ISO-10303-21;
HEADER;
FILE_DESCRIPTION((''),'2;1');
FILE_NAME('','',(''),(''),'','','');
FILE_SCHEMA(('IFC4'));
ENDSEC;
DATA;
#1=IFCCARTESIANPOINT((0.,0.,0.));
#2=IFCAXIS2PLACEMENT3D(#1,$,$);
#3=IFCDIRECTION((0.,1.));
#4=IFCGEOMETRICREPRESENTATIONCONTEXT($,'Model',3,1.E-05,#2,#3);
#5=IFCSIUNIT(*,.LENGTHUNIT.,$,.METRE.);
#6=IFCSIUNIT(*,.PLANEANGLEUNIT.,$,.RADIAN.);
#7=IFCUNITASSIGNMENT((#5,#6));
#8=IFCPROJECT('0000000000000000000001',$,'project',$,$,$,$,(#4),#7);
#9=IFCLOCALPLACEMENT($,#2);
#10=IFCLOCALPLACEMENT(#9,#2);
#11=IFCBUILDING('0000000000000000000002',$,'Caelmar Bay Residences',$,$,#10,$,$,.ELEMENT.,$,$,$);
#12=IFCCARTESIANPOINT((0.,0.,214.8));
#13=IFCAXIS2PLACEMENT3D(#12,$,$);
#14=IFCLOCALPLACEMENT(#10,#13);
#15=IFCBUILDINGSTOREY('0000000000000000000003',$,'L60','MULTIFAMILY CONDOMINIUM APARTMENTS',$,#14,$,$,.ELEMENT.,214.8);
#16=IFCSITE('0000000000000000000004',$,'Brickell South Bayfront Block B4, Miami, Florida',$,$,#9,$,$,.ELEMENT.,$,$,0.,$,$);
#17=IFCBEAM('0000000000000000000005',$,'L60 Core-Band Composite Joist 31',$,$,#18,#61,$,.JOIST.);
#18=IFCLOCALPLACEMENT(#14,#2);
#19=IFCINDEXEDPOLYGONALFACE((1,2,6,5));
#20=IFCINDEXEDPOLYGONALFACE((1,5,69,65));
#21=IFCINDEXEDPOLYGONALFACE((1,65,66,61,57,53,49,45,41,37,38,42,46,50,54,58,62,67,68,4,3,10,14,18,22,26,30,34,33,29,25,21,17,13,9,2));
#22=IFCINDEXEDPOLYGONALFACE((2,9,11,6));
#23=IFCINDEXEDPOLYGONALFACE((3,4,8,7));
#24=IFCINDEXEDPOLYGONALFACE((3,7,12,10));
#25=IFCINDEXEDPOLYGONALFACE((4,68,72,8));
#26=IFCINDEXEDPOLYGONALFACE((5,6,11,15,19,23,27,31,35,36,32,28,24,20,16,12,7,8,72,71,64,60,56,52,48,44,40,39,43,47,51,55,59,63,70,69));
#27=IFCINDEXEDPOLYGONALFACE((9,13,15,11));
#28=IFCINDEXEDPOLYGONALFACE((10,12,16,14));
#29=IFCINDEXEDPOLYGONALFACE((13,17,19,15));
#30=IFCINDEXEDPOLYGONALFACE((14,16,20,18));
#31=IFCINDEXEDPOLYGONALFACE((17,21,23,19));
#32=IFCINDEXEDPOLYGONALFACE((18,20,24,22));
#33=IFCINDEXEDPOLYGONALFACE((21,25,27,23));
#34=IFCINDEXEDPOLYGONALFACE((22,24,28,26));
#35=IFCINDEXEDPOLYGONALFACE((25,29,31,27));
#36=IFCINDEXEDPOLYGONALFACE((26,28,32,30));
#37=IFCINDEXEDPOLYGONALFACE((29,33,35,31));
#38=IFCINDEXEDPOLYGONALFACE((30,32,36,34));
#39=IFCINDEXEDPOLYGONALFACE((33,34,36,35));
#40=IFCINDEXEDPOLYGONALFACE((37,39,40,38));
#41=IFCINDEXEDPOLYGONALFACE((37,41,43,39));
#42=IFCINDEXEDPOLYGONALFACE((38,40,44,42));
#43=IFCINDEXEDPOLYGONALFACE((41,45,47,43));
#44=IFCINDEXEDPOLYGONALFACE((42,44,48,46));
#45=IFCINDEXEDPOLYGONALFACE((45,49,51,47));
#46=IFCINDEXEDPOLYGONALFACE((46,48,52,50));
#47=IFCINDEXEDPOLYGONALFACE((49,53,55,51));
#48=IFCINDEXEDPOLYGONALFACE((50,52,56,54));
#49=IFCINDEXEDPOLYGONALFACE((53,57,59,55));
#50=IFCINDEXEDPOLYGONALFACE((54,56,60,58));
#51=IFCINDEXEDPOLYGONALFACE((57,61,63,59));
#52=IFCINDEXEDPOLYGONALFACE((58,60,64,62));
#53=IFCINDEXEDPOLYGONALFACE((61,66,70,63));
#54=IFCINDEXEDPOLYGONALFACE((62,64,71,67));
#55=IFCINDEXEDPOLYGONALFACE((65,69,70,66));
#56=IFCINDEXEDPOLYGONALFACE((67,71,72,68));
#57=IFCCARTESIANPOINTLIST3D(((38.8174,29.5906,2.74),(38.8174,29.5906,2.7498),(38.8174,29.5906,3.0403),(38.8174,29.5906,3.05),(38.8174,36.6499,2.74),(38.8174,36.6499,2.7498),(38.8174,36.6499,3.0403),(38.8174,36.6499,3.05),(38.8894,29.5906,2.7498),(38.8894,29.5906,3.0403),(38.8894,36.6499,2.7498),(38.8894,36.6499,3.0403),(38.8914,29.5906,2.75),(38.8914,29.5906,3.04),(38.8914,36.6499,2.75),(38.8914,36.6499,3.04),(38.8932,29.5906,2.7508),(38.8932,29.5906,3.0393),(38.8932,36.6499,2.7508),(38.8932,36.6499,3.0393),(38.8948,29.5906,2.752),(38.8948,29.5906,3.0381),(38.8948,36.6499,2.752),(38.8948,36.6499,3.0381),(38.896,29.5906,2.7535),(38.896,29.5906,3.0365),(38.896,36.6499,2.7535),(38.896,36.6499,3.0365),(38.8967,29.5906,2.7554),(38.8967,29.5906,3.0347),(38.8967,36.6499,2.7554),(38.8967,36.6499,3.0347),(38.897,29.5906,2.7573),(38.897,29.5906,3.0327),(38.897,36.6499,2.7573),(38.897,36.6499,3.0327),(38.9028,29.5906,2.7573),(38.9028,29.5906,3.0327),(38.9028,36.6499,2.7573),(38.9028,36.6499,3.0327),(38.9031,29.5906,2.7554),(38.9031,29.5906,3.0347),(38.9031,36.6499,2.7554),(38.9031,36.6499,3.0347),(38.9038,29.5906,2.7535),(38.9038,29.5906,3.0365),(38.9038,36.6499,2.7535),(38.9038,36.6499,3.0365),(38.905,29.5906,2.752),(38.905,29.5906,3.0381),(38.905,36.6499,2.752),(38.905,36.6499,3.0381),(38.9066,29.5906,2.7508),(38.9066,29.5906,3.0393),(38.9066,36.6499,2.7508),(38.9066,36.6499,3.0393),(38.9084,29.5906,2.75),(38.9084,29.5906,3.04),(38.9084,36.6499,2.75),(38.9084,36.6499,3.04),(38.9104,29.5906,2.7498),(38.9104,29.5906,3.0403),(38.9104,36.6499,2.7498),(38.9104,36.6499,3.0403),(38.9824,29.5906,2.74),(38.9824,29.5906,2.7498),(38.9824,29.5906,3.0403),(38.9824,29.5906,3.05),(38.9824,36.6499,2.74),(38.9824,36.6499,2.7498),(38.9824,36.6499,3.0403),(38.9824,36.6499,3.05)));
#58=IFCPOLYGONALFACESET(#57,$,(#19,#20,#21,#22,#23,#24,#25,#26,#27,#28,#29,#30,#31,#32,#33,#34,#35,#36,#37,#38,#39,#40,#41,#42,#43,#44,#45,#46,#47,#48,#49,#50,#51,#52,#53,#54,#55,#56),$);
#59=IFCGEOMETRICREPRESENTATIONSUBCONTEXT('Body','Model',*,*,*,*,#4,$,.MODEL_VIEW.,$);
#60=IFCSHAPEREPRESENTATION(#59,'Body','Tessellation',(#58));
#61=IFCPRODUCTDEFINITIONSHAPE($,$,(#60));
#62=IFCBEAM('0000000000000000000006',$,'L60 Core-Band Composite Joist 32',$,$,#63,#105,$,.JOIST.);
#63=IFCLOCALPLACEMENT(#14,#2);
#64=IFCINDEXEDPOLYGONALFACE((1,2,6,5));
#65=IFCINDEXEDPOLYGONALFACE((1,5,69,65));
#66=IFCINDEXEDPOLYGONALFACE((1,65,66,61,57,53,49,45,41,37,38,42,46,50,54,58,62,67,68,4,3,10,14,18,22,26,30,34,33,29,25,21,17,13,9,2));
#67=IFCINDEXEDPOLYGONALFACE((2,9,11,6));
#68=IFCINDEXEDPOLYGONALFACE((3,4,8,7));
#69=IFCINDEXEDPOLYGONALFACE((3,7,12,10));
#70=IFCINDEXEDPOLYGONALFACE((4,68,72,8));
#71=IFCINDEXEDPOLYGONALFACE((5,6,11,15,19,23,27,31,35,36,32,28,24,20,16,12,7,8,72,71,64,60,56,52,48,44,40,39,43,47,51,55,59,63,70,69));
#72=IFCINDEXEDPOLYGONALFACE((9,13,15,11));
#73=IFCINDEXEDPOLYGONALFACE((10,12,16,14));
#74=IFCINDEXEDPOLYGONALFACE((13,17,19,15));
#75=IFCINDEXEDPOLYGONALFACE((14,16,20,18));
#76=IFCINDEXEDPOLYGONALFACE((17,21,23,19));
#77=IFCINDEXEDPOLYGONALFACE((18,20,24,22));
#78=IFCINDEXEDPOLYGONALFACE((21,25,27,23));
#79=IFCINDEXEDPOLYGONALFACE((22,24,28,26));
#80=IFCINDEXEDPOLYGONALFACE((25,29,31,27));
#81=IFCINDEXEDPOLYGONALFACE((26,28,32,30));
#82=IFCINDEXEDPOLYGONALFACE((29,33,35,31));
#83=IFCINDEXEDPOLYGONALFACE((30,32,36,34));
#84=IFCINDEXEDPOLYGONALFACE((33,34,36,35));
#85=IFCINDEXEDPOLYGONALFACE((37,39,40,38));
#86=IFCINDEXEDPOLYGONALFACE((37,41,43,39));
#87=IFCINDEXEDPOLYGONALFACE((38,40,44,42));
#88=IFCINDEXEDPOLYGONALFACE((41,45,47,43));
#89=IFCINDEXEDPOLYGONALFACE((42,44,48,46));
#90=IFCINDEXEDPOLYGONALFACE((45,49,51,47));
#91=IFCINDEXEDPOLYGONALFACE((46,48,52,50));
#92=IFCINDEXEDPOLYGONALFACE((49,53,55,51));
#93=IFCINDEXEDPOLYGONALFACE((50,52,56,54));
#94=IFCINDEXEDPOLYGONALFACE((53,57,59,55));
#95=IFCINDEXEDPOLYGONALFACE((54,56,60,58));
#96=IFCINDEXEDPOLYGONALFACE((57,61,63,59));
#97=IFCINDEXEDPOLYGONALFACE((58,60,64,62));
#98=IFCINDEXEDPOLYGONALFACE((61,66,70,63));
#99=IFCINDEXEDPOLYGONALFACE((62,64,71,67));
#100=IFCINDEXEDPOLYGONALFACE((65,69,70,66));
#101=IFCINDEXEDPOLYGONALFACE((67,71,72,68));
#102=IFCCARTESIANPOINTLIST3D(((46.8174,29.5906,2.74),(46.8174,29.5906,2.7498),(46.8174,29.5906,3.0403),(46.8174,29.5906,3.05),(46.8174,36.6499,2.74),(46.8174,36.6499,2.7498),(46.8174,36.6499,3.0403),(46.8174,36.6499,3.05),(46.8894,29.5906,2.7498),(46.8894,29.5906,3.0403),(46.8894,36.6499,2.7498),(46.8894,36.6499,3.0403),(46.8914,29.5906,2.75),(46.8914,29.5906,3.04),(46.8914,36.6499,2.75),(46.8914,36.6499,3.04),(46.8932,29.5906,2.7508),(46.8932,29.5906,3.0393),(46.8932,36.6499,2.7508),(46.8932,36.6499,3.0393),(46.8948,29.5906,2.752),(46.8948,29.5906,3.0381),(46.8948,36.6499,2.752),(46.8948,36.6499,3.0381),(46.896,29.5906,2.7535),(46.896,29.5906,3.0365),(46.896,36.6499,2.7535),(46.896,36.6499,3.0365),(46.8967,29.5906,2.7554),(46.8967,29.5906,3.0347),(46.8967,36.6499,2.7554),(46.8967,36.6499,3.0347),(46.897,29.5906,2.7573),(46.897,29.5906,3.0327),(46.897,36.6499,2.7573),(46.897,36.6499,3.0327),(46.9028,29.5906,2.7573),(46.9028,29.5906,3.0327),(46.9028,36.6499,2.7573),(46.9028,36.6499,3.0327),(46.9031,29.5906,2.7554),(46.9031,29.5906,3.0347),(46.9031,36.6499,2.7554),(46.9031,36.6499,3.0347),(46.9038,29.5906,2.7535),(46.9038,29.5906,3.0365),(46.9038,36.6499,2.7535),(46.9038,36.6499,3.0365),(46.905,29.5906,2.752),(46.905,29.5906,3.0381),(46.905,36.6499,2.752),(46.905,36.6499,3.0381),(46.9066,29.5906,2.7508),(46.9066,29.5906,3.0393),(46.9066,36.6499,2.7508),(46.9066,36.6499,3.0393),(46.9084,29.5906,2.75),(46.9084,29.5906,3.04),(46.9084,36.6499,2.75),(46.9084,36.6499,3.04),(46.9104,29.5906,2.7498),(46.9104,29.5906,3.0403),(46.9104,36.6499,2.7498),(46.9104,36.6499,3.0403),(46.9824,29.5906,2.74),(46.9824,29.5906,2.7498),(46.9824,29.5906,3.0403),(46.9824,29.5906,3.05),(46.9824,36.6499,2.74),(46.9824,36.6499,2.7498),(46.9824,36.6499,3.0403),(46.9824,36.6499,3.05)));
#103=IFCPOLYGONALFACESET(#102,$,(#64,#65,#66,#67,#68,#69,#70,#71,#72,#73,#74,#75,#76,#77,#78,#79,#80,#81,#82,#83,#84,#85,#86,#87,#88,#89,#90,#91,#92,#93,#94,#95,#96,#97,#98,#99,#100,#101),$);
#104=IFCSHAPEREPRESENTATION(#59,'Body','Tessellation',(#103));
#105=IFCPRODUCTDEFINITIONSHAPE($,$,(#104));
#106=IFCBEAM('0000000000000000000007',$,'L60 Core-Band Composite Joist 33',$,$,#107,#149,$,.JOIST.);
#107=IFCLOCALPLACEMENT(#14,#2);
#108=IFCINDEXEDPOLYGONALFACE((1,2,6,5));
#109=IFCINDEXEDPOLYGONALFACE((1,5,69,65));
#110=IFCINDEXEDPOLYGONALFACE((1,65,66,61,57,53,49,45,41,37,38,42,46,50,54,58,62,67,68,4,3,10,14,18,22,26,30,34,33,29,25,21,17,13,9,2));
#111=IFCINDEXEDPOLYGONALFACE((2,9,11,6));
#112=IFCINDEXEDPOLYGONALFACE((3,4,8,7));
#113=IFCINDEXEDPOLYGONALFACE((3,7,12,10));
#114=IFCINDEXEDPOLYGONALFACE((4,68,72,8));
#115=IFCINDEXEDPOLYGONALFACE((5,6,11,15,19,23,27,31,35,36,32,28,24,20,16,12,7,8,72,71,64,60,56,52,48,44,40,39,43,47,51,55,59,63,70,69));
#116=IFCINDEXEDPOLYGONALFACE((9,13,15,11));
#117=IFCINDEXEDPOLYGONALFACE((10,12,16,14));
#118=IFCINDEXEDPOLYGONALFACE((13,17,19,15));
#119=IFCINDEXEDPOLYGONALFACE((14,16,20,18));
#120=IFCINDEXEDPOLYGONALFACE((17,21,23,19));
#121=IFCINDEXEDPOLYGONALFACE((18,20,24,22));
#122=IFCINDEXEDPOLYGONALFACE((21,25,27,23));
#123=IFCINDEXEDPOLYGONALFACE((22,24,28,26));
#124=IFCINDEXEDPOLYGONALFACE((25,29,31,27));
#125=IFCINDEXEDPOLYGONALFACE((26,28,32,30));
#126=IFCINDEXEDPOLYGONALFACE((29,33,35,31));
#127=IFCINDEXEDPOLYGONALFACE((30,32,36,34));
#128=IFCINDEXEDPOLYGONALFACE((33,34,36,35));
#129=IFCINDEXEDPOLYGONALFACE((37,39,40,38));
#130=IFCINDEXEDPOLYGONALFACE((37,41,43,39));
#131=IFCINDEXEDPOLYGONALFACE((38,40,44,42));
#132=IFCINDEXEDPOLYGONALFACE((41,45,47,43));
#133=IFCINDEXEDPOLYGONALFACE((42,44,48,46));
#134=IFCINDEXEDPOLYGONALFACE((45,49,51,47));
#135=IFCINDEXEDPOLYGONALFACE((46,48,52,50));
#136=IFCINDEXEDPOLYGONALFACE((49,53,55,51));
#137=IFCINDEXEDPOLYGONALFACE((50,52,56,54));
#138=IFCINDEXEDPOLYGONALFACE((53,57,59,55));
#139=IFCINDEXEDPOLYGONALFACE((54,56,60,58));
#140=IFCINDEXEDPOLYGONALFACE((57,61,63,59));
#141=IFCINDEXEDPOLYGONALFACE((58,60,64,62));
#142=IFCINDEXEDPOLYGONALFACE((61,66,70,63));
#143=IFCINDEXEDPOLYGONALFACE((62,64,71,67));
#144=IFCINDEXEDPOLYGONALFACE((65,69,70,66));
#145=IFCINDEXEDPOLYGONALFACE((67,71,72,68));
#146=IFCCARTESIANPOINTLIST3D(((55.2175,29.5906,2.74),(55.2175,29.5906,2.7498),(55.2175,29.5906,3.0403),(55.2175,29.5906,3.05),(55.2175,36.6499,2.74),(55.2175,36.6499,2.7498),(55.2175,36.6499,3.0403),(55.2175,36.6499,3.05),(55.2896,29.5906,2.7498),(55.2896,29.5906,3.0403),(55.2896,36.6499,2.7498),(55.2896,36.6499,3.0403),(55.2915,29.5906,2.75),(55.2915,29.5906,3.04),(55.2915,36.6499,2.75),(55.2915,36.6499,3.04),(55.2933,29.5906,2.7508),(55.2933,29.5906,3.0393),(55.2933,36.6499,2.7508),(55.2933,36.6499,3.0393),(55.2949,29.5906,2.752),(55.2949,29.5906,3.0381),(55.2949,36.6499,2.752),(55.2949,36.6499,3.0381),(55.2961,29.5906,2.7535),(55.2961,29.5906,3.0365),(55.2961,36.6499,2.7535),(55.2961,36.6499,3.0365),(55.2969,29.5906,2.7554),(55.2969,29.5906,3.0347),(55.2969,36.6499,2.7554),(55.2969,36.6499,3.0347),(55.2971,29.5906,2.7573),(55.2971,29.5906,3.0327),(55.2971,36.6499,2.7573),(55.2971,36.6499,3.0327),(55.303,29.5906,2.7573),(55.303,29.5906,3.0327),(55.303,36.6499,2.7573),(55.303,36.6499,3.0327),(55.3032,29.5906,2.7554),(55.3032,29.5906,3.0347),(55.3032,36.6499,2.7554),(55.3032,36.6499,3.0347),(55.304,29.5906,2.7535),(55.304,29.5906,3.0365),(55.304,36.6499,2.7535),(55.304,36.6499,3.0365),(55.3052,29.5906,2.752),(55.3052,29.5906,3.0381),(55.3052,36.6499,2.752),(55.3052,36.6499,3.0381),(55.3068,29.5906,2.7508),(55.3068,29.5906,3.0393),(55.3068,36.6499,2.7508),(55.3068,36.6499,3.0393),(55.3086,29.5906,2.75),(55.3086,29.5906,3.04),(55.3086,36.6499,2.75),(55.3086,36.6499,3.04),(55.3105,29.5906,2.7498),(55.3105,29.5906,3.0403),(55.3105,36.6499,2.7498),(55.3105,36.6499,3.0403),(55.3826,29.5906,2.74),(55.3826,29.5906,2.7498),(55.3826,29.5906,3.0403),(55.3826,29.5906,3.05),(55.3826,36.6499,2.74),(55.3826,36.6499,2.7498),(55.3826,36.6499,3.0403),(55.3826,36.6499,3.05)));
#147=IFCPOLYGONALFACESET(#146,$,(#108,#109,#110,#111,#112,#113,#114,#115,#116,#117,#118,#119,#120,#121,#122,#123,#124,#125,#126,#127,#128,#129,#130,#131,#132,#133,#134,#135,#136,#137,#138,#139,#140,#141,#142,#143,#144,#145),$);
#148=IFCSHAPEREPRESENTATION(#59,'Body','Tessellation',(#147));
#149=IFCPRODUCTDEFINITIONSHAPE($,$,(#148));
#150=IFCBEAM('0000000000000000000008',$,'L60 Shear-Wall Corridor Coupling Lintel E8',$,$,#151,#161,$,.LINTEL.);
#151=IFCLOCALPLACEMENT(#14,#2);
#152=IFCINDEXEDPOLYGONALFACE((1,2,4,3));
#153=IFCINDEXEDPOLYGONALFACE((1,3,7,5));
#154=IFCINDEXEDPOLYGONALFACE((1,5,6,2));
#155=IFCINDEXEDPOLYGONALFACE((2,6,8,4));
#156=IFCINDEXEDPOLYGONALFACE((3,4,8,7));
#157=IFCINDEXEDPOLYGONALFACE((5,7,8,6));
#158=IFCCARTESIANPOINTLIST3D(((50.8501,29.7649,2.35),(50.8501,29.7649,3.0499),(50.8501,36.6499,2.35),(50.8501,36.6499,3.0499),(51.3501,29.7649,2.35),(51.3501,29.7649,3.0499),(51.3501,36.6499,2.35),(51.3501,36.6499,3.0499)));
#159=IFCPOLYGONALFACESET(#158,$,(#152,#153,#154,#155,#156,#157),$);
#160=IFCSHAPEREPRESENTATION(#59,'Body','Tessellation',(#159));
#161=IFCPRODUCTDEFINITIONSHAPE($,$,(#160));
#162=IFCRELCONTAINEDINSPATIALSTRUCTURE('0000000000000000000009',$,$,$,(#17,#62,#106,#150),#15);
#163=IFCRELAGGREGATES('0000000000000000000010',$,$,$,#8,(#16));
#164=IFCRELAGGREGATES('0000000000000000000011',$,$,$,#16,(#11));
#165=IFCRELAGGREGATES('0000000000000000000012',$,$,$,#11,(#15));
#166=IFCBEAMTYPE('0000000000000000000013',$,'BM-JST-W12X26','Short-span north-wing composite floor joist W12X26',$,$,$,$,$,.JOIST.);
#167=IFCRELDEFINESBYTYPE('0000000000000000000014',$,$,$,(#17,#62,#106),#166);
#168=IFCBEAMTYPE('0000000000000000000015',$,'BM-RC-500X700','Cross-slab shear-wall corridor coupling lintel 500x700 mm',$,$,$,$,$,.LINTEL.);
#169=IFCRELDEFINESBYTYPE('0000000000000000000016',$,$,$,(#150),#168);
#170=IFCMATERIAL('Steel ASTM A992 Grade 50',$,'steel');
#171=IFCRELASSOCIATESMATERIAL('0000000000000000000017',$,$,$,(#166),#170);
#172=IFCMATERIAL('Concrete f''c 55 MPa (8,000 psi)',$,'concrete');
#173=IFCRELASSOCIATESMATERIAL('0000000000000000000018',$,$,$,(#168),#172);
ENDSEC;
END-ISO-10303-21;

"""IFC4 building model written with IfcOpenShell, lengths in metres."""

from ifc_helpers import new_model, si_unit, direction, frame, origin, origin_2d, place, context, subcontext, project, spatial, rectangle, i_section, extrude, material, material_profile, profile_set, type_object, element, save


model = new_model("IFC4")

# Units and contexts
model_context = context("Model", 3, precision=1e-05, world=origin(), true_north=direction((0.0, 1.0)))
body_context = subcontext(model_context, "Body", "Model", "MODEL_VIEW")
ifc_project = project(units=[si_unit("LENGTHUNIT", "METRE"), si_unit("PLANEANGLEUNIT", "RADIAN")], contexts=[model_context])

# Site, building, storey
site_placement = place(None, origin())
site = spatial("IfcSite", under=ifc_project, at=site_placement, Name="Brickell South Bayfront Block B4, Miami, Florida", CompositionType="ELEMENT", RefElevation=0.0)
building_placement = place(site_placement, origin())
building = spatial("IfcBuilding", under=site, at=building_placement, Name="Caelmar Bay Residences", CompositionType="ELEMENT")
storey_placement = place(building_placement, frame((0.0, 0.0, 214.8)))
storey = spatial("IfcBuildingStorey", under=building, at=storey_placement, Name="L60", Description="MULTIFAMILY CONDOMINIUM APARTMENTS", CompositionType="ELEMENT", Elevation=214.8)

# Shared definitions
ifc_material_1 = material(Name="Concrete f'c 55 MPa (8,000 psi)", Category="concrete")

# Beams
ifc_material_2 = material(Name="Steel ASTM A992 Grade 50", Category="steel")
ifc_material_profile_1 = material_profile(ifc_material_2, i_section(OverallWidth=0.165, OverallDepth=0.3101, WebThickness=0.0059, FlangeThickness=0.0098, FilletRadius=0.0076, at=origin_2d()), Name="W12X26")
ifc_profile_set_1 = profile_set([ifc_material_profile_1], Name="Steel ASTM A992 Grade 50")
beam_type_1 = type_object("IfcBeamType", Name="BM-JST-W12X26", Description="Short-span north-wing composite floor joist W12X26", PredefinedType="JOIST", material=ifc_profile_set_1)
for number, where, z_axis, x_axis, name in (
    (1, (38.8999, 29.5906, 2.895), (0.0, 1.0, 0.0), (-1.0, 0.0, 0.0), "L60 Core-Band Composite Joist 31"),
    (2, (46.8999, 29.5906, 2.895), (0.0, 1.0, 0.0), (-1.0, 0.0, 0.0), "L60 Core-Band Composite Joist 32"),
    (3, (55.3, 29.5906, 2.895), (0.0, 1.0, 0.0), (-1.0, 0.0, 0.0), "L60 Core-Band Composite Joist 33"),
):
    element("IfcBeam", number, at=place(storey_placement, frame(where, z_axis=z_axis, x_axis=x_axis)), inside=storey, type_object=beam_type_1, Name=name, PredefinedType="JOIST", context=body_context, shape_type="SweptSolid", body=[
        extrude(i_section(OverallWidth=0.165, OverallDepth=0.3101, WebThickness=0.0059, FlangeThickness=0.0098, FilletRadius=0.0076, at=origin_2d()), origin(), (0.0, 0.0, 1.0), 7.0593),
    ])
ifc_material_profile_2 = material_profile(ifc_material_1, rectangle(XDim=0.5, YDim=0.7, at=origin_2d()), Name="RC-BM-500X700")
ifc_profile_set_2 = profile_set([ifc_material_profile_2], Name="Concrete f'c 55 MPa (8,000 psi)")
beam_type_2 = type_object("IfcBeamType", Name="BM-RC-500X700", Description="Cross-slab shear-wall corridor coupling lintel 500x700 mm", PredefinedType="LINTEL", material=ifc_profile_set_2)
beam_1_placement = place(storey_placement, frame((51.1001, 29.7649, 2.7), z_axis=(0.0, 1.0, 0.0), x_axis=(-1.0, 0.0, 0.0)))
element("IfcBeam", 4, at=beam_1_placement, inside=storey, type_object=beam_type_2, Name="L60 Shear-Wall Corridor Coupling Lintel E8", PredefinedType="LINTEL", context=body_context, shape_type="SweptSolid", body=[
    extrude(rectangle(XDim=0.5, YDim=0.7, at=origin_2d()), origin(), (0.0, 0.0, 1.0), 6.885),
])

save(model, "model.ifc")
